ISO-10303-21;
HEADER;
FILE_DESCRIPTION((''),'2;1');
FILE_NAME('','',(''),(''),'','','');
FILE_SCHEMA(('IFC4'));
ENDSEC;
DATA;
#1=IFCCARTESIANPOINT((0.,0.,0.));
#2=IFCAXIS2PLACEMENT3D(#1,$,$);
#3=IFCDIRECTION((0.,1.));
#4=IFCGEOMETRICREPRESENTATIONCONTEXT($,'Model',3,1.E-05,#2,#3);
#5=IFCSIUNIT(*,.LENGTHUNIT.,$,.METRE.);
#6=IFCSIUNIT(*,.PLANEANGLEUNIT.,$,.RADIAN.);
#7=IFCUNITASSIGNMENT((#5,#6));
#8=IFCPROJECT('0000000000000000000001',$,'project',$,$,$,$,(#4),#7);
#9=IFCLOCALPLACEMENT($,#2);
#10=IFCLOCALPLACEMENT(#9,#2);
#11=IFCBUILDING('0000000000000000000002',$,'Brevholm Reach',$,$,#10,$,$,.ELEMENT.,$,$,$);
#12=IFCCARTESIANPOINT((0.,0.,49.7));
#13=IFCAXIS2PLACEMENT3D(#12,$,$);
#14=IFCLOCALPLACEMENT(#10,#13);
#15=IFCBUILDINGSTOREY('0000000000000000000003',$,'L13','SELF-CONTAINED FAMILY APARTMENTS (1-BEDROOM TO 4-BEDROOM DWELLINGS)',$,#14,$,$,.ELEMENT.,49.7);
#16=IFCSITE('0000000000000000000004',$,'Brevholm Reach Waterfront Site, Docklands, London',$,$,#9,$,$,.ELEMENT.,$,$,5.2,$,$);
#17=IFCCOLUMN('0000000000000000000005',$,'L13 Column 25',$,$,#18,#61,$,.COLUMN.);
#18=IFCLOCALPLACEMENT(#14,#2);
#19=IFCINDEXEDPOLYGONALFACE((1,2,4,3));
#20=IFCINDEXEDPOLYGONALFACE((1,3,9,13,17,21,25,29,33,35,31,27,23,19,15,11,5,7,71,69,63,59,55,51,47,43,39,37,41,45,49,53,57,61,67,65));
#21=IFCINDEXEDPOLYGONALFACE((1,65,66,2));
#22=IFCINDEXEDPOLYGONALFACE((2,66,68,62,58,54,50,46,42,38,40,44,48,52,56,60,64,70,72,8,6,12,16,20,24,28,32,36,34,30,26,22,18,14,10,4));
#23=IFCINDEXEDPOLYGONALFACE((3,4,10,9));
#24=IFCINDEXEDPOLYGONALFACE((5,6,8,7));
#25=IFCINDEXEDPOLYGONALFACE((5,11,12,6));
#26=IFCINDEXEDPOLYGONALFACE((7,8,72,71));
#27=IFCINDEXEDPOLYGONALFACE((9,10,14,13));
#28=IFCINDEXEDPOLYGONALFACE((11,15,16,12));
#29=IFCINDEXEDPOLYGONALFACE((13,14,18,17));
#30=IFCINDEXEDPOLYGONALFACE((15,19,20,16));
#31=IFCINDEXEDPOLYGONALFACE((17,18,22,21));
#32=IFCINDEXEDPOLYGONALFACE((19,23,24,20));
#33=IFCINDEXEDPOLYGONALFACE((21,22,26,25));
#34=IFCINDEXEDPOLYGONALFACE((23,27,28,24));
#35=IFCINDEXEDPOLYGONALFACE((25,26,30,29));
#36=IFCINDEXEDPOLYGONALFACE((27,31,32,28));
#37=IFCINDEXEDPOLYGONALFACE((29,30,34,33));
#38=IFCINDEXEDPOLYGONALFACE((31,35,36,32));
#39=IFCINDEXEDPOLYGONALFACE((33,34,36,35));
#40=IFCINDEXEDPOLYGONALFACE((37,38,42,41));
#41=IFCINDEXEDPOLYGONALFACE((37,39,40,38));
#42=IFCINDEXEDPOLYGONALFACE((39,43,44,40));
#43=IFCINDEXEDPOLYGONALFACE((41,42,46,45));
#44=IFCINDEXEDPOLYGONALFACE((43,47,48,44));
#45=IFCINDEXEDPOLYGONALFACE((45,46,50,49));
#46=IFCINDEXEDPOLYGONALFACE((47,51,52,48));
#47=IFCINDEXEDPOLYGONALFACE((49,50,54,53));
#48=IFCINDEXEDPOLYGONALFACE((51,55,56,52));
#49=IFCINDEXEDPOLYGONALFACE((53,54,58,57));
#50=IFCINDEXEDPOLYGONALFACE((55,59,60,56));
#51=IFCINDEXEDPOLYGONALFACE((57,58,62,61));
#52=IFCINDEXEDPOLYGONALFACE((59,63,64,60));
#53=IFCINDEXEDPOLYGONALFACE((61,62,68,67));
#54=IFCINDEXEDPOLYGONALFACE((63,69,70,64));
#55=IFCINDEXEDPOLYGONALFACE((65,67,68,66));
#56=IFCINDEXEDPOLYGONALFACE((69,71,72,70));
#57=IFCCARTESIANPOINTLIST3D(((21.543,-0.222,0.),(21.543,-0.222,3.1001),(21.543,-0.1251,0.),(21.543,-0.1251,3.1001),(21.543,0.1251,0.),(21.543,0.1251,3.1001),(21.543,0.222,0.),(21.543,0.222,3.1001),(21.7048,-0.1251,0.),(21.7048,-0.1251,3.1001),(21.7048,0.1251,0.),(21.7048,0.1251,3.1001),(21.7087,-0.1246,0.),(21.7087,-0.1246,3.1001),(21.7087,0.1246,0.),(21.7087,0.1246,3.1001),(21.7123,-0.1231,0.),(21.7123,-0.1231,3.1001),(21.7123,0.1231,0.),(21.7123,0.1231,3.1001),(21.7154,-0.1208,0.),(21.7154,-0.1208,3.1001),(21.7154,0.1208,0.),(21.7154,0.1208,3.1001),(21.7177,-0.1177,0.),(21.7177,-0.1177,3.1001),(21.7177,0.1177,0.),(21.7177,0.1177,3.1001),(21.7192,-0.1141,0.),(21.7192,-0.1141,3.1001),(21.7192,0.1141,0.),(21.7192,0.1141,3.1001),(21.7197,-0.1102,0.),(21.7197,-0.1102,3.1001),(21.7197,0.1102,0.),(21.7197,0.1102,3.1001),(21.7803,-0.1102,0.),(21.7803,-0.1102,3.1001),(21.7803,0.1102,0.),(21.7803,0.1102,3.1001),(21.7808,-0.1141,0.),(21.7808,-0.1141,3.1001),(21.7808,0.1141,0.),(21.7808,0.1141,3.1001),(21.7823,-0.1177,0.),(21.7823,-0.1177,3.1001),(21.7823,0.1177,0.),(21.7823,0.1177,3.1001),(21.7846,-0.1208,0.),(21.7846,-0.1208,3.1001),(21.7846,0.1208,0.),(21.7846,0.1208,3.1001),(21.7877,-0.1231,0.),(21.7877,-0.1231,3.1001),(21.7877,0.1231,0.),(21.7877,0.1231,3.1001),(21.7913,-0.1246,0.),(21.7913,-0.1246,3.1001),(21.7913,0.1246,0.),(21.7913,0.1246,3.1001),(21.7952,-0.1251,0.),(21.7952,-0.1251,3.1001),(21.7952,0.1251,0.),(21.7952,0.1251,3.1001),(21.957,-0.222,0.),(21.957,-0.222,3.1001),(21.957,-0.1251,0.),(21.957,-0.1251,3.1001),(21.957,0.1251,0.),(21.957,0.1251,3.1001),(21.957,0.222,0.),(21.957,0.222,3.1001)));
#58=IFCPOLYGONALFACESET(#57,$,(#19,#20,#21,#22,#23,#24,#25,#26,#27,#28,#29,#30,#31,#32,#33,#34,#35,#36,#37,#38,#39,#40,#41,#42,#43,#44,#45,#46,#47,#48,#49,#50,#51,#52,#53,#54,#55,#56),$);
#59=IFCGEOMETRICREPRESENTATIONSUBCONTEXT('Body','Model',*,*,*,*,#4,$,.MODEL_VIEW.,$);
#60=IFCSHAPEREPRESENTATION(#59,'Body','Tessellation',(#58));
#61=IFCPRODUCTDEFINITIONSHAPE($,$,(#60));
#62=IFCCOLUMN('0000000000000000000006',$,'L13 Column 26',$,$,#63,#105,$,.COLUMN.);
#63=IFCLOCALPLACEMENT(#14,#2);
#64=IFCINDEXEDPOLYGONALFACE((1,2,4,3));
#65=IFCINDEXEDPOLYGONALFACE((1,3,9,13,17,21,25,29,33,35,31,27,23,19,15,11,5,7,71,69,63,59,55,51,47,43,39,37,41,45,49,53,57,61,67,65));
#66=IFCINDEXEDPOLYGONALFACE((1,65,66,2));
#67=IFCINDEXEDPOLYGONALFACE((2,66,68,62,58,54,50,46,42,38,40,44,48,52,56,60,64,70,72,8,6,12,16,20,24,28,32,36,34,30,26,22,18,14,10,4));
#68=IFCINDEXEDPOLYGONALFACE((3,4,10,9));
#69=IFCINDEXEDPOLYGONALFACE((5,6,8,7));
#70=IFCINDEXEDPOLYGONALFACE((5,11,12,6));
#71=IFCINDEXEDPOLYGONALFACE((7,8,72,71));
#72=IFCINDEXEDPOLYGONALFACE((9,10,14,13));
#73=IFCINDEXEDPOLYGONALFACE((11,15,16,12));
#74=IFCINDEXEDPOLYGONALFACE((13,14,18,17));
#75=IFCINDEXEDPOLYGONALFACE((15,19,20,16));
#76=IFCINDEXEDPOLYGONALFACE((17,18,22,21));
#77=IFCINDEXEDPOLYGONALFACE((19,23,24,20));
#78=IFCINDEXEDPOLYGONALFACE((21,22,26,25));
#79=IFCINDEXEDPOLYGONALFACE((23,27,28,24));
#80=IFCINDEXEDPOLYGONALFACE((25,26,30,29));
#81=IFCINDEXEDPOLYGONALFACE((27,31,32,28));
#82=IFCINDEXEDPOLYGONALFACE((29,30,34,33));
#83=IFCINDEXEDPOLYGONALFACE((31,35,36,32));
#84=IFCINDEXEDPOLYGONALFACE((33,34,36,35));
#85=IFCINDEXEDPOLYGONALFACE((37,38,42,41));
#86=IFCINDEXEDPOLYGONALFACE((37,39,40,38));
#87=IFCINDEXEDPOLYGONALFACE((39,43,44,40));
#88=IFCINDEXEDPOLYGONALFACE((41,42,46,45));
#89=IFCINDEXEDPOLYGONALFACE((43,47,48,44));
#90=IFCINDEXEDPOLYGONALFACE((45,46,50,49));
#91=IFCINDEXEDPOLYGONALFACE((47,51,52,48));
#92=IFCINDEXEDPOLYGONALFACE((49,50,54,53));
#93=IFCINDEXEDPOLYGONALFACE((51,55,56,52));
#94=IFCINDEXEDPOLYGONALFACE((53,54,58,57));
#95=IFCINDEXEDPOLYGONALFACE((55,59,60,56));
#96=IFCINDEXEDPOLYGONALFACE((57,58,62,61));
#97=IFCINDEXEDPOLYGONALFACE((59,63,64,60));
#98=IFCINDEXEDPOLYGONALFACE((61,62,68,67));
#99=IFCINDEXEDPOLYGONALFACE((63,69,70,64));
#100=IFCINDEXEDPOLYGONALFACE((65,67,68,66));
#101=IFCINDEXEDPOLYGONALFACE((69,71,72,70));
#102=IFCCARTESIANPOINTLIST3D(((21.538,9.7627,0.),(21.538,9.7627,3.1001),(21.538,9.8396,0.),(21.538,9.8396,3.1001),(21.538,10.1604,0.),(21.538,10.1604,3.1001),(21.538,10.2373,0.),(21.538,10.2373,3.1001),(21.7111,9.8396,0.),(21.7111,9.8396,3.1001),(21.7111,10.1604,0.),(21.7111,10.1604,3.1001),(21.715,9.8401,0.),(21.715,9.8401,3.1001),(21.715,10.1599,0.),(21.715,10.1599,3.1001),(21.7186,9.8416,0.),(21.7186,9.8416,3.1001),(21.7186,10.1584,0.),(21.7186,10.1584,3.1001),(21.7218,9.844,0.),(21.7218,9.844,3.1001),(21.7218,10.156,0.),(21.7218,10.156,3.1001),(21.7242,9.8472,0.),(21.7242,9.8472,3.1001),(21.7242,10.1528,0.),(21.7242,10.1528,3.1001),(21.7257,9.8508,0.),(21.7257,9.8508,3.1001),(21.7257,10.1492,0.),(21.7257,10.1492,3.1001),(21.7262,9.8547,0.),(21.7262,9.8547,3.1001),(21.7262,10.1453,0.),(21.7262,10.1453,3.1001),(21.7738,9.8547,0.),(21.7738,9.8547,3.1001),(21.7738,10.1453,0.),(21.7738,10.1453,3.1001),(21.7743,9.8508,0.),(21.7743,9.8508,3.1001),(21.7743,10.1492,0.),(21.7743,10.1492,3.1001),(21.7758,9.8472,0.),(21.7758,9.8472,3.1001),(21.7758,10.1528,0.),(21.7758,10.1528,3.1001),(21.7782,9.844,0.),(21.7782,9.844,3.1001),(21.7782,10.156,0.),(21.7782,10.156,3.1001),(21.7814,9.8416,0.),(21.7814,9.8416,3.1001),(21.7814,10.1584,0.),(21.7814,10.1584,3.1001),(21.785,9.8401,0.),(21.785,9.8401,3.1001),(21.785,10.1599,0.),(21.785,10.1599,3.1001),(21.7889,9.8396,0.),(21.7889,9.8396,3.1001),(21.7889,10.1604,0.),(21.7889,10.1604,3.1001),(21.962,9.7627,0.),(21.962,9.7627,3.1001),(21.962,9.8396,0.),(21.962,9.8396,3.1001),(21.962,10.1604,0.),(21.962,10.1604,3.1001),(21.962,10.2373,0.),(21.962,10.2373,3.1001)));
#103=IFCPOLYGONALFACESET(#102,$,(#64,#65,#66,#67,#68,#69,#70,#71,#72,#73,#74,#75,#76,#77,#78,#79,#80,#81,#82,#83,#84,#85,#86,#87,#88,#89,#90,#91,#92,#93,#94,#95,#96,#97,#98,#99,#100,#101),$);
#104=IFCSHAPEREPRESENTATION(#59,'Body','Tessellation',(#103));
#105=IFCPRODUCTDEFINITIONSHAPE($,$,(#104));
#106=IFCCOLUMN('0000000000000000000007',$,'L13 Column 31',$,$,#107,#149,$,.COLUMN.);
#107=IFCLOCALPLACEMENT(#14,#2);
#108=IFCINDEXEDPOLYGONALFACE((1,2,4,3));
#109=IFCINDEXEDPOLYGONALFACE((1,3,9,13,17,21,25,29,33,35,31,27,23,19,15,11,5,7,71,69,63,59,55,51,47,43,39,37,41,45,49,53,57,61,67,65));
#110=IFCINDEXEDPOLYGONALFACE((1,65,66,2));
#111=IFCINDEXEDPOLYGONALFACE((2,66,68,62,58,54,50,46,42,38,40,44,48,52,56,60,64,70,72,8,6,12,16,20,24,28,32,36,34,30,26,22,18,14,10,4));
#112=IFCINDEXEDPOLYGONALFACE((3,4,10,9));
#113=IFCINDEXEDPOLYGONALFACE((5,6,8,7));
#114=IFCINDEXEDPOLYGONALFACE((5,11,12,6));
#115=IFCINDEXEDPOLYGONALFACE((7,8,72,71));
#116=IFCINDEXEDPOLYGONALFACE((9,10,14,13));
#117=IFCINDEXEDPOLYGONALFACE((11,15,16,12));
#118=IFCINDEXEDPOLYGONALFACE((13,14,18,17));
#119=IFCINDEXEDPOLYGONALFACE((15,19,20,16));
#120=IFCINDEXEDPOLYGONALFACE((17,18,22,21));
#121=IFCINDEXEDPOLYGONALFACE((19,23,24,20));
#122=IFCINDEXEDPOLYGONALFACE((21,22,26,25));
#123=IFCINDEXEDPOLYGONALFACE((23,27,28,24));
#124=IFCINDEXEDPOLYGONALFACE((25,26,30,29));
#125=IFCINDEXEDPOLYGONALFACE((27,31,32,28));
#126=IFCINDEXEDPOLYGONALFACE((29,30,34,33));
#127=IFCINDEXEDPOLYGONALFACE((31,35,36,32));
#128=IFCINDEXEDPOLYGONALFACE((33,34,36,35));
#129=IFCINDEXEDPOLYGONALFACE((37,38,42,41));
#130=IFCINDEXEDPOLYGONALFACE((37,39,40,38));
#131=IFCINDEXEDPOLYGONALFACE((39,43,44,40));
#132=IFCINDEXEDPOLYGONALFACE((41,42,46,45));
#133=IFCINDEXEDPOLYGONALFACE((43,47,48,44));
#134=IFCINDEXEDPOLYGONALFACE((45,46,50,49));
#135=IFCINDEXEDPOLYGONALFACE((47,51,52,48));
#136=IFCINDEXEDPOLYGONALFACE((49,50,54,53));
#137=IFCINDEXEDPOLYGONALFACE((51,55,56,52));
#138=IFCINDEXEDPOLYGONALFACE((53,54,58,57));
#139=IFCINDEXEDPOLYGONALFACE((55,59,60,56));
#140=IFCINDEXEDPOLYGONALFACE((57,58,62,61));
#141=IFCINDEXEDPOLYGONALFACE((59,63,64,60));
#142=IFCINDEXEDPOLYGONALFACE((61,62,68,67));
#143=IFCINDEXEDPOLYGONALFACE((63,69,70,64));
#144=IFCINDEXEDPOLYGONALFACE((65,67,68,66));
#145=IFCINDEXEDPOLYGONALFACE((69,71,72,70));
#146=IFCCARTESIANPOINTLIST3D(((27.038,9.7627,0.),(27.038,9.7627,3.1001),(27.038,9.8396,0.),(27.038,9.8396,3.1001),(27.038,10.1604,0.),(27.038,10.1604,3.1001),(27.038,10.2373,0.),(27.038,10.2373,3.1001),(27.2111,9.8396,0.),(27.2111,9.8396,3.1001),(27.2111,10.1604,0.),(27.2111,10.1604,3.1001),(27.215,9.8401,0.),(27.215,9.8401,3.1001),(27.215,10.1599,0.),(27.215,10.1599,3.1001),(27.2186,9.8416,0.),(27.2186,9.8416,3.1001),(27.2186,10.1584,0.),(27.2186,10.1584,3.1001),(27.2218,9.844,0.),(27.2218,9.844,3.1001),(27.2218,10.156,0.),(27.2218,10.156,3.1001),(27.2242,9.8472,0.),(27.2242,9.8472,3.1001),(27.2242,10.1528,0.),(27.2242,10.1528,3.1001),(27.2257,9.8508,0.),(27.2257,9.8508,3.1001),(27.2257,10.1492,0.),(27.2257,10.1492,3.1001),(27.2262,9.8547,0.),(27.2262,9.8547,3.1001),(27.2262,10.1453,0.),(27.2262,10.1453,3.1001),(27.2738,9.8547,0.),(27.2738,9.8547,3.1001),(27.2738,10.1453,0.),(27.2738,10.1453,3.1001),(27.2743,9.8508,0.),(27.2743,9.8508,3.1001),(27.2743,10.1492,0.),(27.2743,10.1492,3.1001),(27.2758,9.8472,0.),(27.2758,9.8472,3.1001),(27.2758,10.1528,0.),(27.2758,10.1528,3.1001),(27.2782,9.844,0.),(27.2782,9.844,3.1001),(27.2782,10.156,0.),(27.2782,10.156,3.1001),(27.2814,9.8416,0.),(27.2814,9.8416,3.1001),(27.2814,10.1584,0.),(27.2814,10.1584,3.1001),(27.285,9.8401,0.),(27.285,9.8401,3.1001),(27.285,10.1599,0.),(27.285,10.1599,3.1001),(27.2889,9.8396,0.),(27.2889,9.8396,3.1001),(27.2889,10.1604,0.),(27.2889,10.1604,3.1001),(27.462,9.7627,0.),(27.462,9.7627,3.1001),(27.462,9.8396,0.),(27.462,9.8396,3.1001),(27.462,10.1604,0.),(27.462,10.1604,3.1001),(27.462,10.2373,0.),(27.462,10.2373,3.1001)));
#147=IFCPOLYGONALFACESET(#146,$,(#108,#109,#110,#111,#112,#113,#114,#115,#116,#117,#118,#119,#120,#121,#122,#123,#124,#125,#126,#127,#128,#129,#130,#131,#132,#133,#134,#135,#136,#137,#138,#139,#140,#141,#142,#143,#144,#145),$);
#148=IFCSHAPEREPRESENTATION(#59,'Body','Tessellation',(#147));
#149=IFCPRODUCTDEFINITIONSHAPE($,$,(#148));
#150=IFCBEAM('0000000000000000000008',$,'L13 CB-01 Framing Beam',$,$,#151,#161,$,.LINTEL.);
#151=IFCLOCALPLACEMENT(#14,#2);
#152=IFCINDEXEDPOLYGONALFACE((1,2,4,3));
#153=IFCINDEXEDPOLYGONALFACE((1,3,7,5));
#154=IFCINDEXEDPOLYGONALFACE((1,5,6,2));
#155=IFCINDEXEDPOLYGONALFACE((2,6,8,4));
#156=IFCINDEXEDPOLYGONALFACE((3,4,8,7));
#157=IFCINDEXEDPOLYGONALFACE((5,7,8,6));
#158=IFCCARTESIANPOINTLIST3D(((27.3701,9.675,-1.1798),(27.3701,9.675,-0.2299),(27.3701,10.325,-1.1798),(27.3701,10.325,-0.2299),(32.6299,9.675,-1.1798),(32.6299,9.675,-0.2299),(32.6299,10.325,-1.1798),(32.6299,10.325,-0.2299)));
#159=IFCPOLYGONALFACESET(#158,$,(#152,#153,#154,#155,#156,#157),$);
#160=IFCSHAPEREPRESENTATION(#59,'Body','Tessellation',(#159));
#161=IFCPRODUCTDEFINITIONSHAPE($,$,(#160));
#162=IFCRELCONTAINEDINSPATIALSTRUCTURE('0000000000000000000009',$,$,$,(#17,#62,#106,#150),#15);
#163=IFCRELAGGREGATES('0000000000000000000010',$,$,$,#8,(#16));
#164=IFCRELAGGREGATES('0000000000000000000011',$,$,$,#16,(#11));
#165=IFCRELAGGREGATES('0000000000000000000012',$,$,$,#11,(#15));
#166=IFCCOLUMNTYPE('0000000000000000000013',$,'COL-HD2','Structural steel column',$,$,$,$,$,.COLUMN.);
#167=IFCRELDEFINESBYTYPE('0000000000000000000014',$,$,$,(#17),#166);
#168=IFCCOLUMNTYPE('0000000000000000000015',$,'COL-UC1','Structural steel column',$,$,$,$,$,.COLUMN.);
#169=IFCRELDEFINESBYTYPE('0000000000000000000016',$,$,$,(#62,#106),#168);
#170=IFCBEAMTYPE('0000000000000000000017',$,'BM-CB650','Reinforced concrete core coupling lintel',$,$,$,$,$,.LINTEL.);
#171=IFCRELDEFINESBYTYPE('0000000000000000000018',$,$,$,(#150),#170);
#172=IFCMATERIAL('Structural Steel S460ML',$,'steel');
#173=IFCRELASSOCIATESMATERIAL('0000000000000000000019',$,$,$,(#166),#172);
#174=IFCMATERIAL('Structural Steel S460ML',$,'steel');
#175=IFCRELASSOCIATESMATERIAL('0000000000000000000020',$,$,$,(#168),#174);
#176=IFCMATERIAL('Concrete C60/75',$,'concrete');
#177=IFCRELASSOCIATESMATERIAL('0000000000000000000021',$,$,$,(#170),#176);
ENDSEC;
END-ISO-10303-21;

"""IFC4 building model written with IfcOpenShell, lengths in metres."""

from ifc_helpers import new_model, si_unit, direction, frame, origin, origin_2d, place, context, subcontext, project, spatial, rectangle, i_section, extrude, material, material_profile, profile_set, type_object, element, save


model = new_model("IFC4")

# Units and contexts
model_context = context("Model", 3, precision=1e-05, world=origin(), true_north=direction((0.0, 1.0)))
body_context = subcontext(model_context, "Body", "Model", "MODEL_VIEW")
ifc_project = project(units=[si_unit("LENGTHUNIT", "METRE"), si_unit("PLANEANGLEUNIT", "RADIAN")], contexts=[model_context])

# Site, building, storey
site_placement = place(None, origin())
site = spatial("IfcSite", under=ifc_project, at=site_placement, Name="Brevholm Reach Waterfront Site, Docklands, London", CompositionType="ELEMENT", RefElevation=5.2)
building_placement = place(site_placement, origin())
building = spatial("IfcBuilding", under=site, at=building_placement, Name="Brevholm Reach", CompositionType="ELEMENT")
storey_placement = place(building_placement, frame((0.0, 0.0, 49.7)))
storey = spatial("IfcBuildingStorey", under=building, at=storey_placement, Name="L13", Description="SELF-CONTAINED FAMILY APARTMENTS (1-BEDROOM TO 4-BEDROOM DWELLINGS)", CompositionType="ELEMENT", Elevation=49.7)

# Columns
ifc_material_1 = material(Name="Structural Steel S460ML", Category="steel")
ifc_material_profile_1 = material_profile(ifc_material_1, i_section(OverallWidth=0.4141, OverallDepth=0.4441, WebThickness=0.0605, FlangeThickness=0.0969, FilletRadius=0.0149, at=origin_2d()), Name="HD 400x818")
ifc_profile_set_1 = profile_set([ifc_material_profile_1], Name="Structural Steel S460ML")
column_type_1 = type_object("IfcColumnType", Name="COL-HD2", Description="Structural steel column", PredefinedType="COLUMN", material=ifc_profile_set_1)
column_placement = place(storey_placement, frame((21.75, 0.0, 0.0), z_axis=(0.0, 0.0, 1.0), x_axis=(1.0, 0.0, 0.0)))
element("IfcColumn", 1, at=column_placement, inside=storey, type_object=column_type_1, Name="L13 Column 25", PredefinedType="COLUMN", context=body_context, shape_type="SweptSolid", body=[
    extrude(i_section(OverallWidth=0.4141, OverallDepth=0.4441, WebThickness=0.0605, FlangeThickness=0.0969, FilletRadius=0.0149, at=origin_2d()), origin(), (0.0, 0.0, 1.0), 3.1001),
])
ifc_material_2 = material(Name="Structural Steel S460ML", Category="steel")
ifc_material_profile_2 = material_profile(ifc_material_2, i_section(OverallWidth=0.4241, OverallDepth=0.4746, WebThickness=0.0476, FlangeThickness=0.0769, FilletRadius=0.0151, at=origin_2d()), Name="UKC 356x406x634")
ifc_profile_set_2 = profile_set([ifc_material_profile_2], Name="Structural Steel S460ML")
column_type_2 = type_object("IfcColumnType", Name="COL-UC1", Description="Structural steel column", PredefinedType="COLUMN", material=ifc_profile_set_2)
for number, where, z_axis, x_axis, name in (
    (2, (21.75, 10.0, 0.0), (0.0, 0.0, 1.0), (1.0, 0.0, 0.0), "L13 Column 26"),
    (3, (27.25, 10.0, 0.0), (0.0, 0.0, 1.0), (1.0, 0.0, 0.0), "L13 Column 31"),
):
    element("IfcColumn", number, at=place(storey_placement, frame(where, z_axis=z_axis, x_axis=x_axis)), inside=storey, type_object=column_type_2, Name=name, PredefinedType="COLUMN", context=body_context, shape_type="SweptSolid", body=[
        extrude(i_section(OverallWidth=0.4241, OverallDepth=0.4746, WebThickness=0.0476, FlangeThickness=0.0769, FilletRadius=0.0151, at=origin_2d()), origin(), (0.0, 0.0, 1.0), 3.1001),
    ])

# Beam
ifc_material_3 = material(Name="Concrete C60/75", Category="concrete")
ifc_material_profile_3 = material_profile(ifc_material_3, rectangle(XDim=0.6499, YDim=0.95, at=origin_2d()), Name="RC 650x950")
ifc_profile_set_3 = profile_set([ifc_material_profile_3], Name="Concrete C60/75")
beam_type_1 = type_object("IfcBeamType", Name="BM-CB650", Description="Reinforced concrete core coupling lintel", PredefinedType="LINTEL", material=ifc_profile_set_3)
beam_1_placement = place(storey_placement, frame((27.3701, 10.0, -0.7048), z_axis=(1.0, 0.0, 0.0), x_axis=(0.0, 1.0, 0.0)))
element("IfcBeam", 4, at=beam_1_placement, inside=storey, type_object=beam_type_1, Name="L13 CB-01 Framing Beam", PredefinedType="LINTEL", context=body_context, shape_type="SweptSolid", body=[
    extrude(rectangle(XDim=0.6499, YDim=0.95, at=origin_2d()), origin(), (0.0, 0.0, 1.0), 5.2598),
])

save(model, "model.ifc")
